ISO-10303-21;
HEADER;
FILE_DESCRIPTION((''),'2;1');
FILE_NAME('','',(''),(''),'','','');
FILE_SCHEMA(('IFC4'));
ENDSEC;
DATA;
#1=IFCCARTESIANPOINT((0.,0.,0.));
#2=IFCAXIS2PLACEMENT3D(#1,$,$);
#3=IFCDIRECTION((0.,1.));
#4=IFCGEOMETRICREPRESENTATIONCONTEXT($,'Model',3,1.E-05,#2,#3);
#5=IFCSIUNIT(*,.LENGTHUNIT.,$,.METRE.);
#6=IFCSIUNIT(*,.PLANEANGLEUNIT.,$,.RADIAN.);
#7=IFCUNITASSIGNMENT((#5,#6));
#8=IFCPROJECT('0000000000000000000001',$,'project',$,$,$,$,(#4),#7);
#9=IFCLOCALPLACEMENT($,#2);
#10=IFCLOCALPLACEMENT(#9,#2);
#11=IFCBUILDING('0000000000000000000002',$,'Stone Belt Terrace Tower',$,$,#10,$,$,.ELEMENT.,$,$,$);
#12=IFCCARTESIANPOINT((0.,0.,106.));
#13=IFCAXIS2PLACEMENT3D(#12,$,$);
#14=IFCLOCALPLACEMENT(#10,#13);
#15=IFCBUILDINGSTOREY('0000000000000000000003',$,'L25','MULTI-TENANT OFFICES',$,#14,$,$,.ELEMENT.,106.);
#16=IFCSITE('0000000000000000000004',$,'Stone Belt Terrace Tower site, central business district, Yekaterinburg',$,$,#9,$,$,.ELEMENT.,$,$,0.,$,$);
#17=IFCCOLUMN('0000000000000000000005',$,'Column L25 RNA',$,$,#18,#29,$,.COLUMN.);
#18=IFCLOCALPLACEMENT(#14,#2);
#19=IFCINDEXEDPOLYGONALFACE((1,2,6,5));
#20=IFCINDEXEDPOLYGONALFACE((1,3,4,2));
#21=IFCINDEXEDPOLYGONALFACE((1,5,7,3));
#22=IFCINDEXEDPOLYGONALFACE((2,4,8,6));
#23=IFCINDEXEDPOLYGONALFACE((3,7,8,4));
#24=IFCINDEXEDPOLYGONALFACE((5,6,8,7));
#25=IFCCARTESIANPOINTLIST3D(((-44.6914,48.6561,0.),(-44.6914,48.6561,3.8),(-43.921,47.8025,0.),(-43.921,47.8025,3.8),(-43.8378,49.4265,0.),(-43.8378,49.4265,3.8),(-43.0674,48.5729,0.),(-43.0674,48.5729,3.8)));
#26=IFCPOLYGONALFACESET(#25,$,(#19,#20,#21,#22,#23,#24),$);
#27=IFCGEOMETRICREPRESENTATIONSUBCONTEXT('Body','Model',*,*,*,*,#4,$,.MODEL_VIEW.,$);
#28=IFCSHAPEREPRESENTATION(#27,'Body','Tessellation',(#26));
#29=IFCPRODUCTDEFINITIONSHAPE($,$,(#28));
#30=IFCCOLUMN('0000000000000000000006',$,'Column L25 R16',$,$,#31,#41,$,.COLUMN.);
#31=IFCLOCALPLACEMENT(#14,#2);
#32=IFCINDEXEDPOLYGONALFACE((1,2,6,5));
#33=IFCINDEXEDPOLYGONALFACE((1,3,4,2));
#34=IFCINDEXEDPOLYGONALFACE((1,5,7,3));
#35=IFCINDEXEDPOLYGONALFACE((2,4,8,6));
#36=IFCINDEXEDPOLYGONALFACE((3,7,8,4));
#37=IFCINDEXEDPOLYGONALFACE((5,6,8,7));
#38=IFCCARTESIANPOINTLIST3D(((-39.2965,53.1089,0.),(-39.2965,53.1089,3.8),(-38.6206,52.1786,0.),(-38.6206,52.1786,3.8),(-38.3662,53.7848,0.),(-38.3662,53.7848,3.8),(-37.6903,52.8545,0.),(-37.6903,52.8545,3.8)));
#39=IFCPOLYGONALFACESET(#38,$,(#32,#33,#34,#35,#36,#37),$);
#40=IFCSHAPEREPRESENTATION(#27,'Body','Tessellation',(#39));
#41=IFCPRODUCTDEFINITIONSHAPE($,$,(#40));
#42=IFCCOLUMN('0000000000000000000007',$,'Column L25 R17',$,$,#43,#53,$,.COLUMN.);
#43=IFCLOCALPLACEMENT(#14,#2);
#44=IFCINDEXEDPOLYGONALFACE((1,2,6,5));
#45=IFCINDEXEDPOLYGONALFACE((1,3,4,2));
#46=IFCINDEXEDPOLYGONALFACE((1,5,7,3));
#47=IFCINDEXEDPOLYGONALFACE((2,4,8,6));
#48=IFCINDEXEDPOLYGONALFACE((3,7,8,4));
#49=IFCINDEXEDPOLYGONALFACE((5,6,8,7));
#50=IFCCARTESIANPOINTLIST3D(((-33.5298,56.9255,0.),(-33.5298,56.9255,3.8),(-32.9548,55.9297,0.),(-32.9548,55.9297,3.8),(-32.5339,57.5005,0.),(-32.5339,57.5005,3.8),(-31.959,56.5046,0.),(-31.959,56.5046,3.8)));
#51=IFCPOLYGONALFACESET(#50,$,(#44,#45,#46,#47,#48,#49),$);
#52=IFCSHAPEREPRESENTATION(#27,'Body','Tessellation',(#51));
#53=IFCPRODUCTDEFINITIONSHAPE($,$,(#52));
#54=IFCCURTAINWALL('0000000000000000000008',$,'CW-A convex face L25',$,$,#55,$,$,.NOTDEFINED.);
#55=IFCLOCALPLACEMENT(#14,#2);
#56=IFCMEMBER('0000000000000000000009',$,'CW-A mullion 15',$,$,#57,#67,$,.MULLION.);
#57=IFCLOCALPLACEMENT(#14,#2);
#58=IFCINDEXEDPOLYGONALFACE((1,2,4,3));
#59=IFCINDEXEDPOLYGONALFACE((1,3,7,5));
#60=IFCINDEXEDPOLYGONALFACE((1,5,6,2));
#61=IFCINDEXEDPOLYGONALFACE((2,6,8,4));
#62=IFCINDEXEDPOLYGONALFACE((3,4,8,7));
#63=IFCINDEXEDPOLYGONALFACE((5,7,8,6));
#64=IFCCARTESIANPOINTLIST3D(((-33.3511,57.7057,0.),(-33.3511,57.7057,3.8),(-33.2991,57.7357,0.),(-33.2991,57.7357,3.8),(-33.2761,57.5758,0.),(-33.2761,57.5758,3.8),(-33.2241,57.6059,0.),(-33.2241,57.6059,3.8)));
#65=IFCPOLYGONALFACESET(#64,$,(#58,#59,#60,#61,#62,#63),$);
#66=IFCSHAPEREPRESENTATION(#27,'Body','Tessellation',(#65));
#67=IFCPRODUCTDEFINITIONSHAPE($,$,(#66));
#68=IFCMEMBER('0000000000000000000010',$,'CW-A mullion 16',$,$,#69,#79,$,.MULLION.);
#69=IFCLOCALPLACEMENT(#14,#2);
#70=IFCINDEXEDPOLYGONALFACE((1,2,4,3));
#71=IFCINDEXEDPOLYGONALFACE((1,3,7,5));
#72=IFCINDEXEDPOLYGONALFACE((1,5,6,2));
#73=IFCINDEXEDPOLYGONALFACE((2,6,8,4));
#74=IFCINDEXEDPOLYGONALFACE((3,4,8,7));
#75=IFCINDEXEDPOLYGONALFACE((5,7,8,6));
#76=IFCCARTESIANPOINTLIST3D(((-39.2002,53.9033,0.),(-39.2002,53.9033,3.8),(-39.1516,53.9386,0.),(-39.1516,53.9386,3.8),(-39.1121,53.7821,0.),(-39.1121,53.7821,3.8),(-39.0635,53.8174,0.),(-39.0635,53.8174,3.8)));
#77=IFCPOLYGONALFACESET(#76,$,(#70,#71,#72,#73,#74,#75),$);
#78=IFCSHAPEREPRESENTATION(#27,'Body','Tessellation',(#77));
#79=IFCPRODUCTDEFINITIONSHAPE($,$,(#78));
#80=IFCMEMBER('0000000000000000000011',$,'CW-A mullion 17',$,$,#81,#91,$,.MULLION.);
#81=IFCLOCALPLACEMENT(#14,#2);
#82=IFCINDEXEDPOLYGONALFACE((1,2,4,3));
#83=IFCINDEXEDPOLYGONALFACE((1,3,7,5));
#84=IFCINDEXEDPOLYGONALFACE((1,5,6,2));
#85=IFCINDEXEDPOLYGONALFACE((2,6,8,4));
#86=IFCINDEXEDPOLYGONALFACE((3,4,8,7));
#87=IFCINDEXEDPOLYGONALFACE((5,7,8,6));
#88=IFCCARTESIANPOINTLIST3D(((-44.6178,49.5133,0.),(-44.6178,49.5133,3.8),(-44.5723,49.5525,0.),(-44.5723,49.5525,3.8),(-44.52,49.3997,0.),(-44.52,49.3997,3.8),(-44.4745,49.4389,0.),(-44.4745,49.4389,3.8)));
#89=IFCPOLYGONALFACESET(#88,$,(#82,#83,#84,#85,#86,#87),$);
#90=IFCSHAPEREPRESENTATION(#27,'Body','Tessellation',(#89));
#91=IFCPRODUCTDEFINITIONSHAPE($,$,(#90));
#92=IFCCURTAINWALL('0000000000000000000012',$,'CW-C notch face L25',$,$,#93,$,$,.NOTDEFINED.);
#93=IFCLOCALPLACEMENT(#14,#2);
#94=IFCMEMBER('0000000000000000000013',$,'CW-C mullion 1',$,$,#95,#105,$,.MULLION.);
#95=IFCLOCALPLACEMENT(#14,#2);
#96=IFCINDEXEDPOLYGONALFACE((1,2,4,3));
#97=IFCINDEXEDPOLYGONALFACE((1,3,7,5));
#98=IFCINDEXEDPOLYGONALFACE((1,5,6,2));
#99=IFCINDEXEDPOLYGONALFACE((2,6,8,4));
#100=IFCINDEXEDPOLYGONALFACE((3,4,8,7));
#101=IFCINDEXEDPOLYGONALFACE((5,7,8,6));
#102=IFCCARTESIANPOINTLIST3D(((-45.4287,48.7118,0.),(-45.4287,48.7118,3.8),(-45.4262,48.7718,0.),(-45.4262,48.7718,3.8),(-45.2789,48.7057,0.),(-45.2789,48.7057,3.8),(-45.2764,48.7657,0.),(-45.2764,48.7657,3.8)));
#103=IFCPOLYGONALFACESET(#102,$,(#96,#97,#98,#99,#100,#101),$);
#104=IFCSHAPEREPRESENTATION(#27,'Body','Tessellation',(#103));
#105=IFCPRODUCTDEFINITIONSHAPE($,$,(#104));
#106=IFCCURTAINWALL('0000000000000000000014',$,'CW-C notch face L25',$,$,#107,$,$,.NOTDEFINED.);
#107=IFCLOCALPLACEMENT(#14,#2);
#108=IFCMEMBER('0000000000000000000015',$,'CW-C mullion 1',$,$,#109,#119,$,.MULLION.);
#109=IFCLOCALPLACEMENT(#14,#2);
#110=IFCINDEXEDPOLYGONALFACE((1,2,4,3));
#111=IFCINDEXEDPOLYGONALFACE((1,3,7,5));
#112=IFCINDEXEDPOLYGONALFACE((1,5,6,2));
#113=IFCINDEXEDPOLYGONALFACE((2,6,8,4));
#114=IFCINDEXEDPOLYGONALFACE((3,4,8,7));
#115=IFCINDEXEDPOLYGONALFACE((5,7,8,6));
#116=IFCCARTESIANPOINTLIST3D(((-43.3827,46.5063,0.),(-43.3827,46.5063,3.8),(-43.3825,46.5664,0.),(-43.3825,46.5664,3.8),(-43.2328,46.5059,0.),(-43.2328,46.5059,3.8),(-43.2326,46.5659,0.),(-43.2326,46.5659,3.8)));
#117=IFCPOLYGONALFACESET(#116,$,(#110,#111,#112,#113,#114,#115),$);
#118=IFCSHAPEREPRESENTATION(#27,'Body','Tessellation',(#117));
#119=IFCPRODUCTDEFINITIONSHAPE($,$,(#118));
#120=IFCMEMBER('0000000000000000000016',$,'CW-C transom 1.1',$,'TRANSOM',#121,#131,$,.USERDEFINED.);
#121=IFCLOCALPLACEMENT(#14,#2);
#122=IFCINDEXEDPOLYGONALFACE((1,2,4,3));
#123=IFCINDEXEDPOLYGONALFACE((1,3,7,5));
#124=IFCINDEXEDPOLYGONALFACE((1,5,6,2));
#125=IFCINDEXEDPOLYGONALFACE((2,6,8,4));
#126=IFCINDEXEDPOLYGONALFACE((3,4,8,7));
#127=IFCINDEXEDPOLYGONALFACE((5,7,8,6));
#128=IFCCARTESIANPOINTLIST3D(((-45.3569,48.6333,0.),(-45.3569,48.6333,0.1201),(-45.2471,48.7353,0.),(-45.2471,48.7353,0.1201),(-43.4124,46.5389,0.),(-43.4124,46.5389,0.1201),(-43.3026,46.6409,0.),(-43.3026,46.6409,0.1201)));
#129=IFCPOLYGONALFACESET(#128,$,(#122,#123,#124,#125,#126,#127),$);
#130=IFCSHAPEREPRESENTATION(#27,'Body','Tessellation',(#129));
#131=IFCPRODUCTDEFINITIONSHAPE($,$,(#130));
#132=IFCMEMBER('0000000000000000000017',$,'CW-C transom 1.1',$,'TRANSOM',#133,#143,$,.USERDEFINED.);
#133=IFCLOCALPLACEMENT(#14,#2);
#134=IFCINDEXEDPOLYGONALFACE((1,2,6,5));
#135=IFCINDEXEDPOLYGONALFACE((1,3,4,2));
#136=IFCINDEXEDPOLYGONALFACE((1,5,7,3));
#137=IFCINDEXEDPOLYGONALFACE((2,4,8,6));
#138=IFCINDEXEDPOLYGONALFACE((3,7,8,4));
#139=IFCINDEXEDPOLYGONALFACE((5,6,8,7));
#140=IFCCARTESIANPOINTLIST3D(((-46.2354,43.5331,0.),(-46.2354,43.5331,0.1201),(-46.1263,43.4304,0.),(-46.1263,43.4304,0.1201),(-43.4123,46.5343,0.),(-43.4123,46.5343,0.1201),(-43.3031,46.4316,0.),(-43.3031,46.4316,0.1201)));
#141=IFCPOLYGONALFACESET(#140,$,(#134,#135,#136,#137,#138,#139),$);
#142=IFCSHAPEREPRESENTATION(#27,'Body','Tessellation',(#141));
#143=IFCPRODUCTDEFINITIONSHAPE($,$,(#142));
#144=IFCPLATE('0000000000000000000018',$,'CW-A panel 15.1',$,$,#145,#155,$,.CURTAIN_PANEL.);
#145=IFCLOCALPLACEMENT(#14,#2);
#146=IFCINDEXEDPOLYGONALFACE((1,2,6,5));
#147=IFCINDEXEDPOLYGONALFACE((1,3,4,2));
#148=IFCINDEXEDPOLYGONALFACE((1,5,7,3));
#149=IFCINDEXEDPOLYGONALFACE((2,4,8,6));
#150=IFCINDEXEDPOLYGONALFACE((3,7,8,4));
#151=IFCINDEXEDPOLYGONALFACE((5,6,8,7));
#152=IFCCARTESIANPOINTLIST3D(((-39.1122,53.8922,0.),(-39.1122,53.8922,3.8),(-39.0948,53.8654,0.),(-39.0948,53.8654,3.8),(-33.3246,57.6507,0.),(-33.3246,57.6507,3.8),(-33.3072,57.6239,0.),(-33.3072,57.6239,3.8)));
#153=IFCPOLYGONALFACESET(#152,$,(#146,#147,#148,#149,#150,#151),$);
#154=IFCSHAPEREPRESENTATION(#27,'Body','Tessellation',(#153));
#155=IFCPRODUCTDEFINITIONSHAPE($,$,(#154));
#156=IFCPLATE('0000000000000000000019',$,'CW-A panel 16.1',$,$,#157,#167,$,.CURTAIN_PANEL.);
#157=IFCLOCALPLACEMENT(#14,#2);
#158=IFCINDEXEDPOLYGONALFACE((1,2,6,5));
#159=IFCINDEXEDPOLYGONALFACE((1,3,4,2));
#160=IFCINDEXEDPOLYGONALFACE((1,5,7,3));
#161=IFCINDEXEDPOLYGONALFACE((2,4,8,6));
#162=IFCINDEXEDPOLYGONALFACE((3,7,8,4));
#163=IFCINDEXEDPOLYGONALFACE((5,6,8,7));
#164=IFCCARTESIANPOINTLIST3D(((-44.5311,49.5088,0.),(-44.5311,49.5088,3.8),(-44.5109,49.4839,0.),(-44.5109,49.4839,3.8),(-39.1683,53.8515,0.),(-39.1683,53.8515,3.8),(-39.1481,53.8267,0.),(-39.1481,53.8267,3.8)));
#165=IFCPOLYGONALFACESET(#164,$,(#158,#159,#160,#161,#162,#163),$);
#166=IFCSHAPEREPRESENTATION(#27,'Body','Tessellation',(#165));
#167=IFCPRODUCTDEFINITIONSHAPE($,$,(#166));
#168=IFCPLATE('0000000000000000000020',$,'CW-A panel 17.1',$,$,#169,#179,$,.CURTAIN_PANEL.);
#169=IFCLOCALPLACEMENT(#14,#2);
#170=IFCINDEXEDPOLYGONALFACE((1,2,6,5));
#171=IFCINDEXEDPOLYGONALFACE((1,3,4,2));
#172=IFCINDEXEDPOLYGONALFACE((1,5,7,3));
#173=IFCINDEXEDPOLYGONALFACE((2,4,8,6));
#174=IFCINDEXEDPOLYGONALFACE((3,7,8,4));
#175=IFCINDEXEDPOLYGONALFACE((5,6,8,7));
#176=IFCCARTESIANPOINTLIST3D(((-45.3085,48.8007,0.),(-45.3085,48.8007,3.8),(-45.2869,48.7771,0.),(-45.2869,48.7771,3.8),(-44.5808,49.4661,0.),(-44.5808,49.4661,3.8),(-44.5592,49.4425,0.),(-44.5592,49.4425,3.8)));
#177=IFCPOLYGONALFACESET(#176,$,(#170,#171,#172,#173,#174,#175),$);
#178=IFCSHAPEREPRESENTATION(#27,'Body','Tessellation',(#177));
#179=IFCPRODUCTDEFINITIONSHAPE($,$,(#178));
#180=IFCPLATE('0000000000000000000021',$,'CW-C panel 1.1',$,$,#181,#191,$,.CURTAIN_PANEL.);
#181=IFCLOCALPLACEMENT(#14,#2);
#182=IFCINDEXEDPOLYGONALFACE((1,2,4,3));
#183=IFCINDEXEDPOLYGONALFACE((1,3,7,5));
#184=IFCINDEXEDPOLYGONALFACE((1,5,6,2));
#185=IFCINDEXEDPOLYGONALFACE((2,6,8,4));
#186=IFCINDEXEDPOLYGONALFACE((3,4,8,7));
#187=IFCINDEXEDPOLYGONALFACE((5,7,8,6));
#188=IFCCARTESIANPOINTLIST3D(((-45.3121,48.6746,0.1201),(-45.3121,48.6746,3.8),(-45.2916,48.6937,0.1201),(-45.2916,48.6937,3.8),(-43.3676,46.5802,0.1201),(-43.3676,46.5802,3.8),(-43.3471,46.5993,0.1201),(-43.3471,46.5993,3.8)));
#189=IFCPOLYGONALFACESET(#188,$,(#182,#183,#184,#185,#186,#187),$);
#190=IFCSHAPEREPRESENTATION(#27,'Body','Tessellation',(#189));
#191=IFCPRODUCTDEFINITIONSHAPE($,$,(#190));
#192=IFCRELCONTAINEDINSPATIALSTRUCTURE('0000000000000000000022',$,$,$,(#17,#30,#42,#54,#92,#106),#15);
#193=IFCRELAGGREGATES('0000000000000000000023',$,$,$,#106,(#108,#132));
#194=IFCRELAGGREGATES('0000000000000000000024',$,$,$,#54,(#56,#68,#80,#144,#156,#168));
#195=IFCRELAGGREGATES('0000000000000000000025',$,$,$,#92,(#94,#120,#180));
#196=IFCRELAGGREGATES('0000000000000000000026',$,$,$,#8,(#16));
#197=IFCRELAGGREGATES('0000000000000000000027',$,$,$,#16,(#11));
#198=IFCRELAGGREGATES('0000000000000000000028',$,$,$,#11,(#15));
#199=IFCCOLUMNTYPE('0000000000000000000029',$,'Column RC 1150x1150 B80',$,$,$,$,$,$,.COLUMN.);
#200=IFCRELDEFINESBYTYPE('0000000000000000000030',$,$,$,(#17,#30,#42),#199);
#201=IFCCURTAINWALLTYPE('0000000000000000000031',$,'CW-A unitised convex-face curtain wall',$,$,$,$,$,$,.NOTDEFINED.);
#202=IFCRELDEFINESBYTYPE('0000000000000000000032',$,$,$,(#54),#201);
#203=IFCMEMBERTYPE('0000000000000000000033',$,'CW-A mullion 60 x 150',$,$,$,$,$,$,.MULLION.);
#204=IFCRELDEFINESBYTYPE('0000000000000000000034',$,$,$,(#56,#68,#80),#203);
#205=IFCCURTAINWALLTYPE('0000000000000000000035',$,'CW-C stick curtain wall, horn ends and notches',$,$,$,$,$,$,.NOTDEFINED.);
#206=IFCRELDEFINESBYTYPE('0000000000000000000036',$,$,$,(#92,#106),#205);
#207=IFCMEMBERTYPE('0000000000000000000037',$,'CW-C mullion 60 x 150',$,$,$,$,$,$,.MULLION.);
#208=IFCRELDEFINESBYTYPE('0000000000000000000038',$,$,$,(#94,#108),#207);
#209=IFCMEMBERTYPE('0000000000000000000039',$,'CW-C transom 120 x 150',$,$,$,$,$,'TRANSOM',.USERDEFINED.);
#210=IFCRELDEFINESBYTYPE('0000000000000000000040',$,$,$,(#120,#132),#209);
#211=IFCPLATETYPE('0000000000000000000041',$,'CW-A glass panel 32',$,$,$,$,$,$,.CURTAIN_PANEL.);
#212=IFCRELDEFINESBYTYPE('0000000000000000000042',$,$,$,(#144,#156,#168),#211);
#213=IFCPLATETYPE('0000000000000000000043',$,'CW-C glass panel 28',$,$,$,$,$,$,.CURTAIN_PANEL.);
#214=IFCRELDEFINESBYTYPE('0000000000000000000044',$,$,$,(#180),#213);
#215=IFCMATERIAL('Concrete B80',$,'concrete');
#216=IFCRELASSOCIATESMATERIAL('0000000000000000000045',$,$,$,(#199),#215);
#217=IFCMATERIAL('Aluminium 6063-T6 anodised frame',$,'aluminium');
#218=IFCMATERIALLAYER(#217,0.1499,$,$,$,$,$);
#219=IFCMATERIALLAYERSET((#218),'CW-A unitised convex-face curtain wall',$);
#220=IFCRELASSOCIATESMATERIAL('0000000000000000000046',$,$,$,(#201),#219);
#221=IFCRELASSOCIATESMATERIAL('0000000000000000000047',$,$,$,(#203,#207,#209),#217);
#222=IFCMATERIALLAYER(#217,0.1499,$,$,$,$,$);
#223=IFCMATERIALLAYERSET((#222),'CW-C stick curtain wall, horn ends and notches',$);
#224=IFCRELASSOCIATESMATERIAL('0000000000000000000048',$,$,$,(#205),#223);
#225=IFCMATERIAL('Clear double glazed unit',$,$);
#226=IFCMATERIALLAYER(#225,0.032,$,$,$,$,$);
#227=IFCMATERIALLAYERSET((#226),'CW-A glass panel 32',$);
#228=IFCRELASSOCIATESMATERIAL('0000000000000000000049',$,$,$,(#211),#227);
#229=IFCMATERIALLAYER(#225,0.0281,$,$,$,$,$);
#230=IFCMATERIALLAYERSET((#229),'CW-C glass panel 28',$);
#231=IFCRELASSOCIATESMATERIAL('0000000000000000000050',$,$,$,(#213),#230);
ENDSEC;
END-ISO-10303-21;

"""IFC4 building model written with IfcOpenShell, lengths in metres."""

from ifc_helpers import new_model, si_unit, direction, frame, origin, origin_2d, place, context, subcontext, project, spatial, rectangle, extrude, material, layer, layer_set, material_profile, profile_set, type_object, element, aggregate, save


model = new_model("IFC4")

# Units and contexts
model_context = context("Model", 3, precision=1e-05, world=origin(), true_north=direction((0.0, 1.0)))
body_context = subcontext(model_context, "Body", "Model", "MODEL_VIEW")
ifc_project = project(units=[si_unit("LENGTHUNIT", "METRE"), si_unit("PLANEANGLEUNIT", "RADIAN")], contexts=[model_context])

# Site, building, storey
site_placement = place(None, origin())
site = spatial("IfcSite", under=ifc_project, at=site_placement, Name="Stone Belt Terrace Tower site, central business district, Yekaterinburg", CompositionType="ELEMENT", RefElevation=0.0)
building_placement = place(site_placement, origin())
building = spatial("IfcBuilding", under=site, at=building_placement, Name="Stone Belt Terrace Tower", CompositionType="ELEMENT")
storey_placement = place(building_placement, frame((0.0, 0.0, 106.0)))
storey = spatial("IfcBuildingStorey", under=building, at=storey_placement, Name="L25", Description="MULTI-TENANT OFFICES", CompositionType="ELEMENT", Elevation=106.0)

# Columns
ifc_material_1 = material(Name="Concrete B80", Category="concrete")
ifc_material_profile_1 = material_profile(ifc_material_1, rectangle(XDim=1.1499, YDim=1.1499, at=origin_2d()), Name="RC 1150x1150")
ifc_profile_set_1 = profile_set([ifc_material_profile_1], Name="Concrete B80")
column_type = type_object("IfcColumnType", Name="Column RC 1150x1150 B80", PredefinedType="COLUMN", material=ifc_profile_set_1)
for number, where, z_axis, x_axis, name in (
    (1, (-43.8794, 48.6145, 0.0), (0.0, 0.0, 1.0), (0.742334, 0.67003, 0.0), "Column L25 RNA"),
    (2, (-38.4934, 52.9817, 0.0), (0.0, 0.0, 1.0), (0.809017, 0.587785, 0.0), "Column L25 R16"),
    (3, (-32.7444, 56.7151, 0.0), (0.0, 0.0, 1.0), (0.866025, 0.5, 0.0), "Column L25 R17"),
):
    element("IfcColumn", number, at=place(storey_placement, frame(where, z_axis=z_axis, x_axis=x_axis)), inside=storey, type_object=column_type, Name=name, PredefinedType="COLUMN", context=body_context, shape_type="SweptSolid", body=[
        extrude(rectangle(XDim=1.1499, YDim=1.1499, at=origin_2d()), origin(), (0.0, 0.0, 1.0), 3.8),
    ])

# Curtain wall, members
ifc_material_2 = material(Name="Aluminium 6063-T6 anodised frame", Category="aluminium")
ifc_layer_1 = layer(ifc_material_2, 0.1499)
ifc_layer_set_1 = layer_set([ifc_layer_1], Name="CW-A unitised convex-face curtain wall")
curtain_wall_type_1 = type_object("IfcCurtainWallType", Name="CW-A unitised convex-face curtain wall", PredefinedType="NOTDEFINED", material=ifc_layer_set_1)
curtain_wall_1_placement = place(storey_placement, origin())
curtain_wall_1 = element("IfcCurtainWall", 4, at=curtain_wall_1_placement, inside=storey, type_object=curtain_wall_type_1, Name="CW-A convex face L25", PredefinedType="NOTDEFINED")
ifc_material_profile_2 = material_profile(ifc_material_2, rectangle(XDim=0.1499, YDim=0.0601, at=origin_2d()), Name="Aluminium 6063-T6 60x150")
ifc_profile_set_2 = profile_set([ifc_material_profile_2], Name="Aluminium 6063-T6 anodised frame")
member_type_1 = type_object("IfcMemberType", Name="CW-A mullion 60 x 150", PredefinedType="MULLION", material=ifc_profile_set_2)
member_1_placement = place(storey_placement, frame((-33.2876, 57.6558, 0.0), z_axis=(0.0, 0.0, 1.0), x_axis=(0.5, -0.866025, 0.0)))
member_1 = element("IfcMember", 5, at=member_1_placement, type_object=member_type_1, Name="CW-A mullion 15", PredefinedType="MULLION", context=body_context, shape_type="SweptSolid", body=[
    extrude(rectangle(XDim=0.1499, YDim=0.0601, at=origin_2d()), origin(), (0.0, 0.0, 1.0), 3.8),
])
member_2_placement = place(storey_placement, frame((-39.1318, 53.8604, 0.0), z_axis=(0.0, 0.0, 1.0), x_axis=(0.587785, -0.809017, 0.0)))
member_2 = element("IfcMember", 6, at=member_2_placement, type_object=member_type_1, Name="CW-A mullion 16", PredefinedType="MULLION", context=body_context, shape_type="SweptSolid", body=[
    extrude(rectangle(XDim=0.1499, YDim=0.0601, at=origin_2d()), origin(), (0.0, 0.0, 1.0), 3.8),
])
member_3_placement = place(storey_placement, frame((-44.5461, 49.4761, 0.0), z_axis=(0.0, 0.0, 1.0), x_axis=(0.652344, -0.757923, 0.0)))
member_3 = element("IfcMember", 7, at=member_3_placement, type_object=member_type_1, Name="CW-A mullion 17", PredefinedType="MULLION", context=body_context, shape_type="SweptSolid", body=[
    extrude(rectangle(XDim=0.1499, YDim=0.0601, at=origin_2d()), origin(), (0.0, 0.0, 1.0), 3.8),
])

# Curtain walls, members
ifc_layer_2 = layer(ifc_material_2, 0.1499)
ifc_layer_set_2 = layer_set([ifc_layer_2], Name="CW-C stick curtain wall, horn ends and notches")
curtain_wall_type_2 = type_object("IfcCurtainWallType", Name="CW-C stick curtain wall, horn ends and notches", PredefinedType="NOTDEFINED", material=ifc_layer_set_2)
curtain_wall_2_placement = place(storey_placement, origin())
curtain_wall_2 = element("IfcCurtainWall", 8, at=curtain_wall_2_placement, inside=storey, type_object=curtain_wall_type_2, Name="CW-C notch face L25", PredefinedType="NOTDEFINED")
ifc_material_profile_3 = material_profile(ifc_material_2, rectangle(XDim=0.1499, YDim=0.0601, at=origin_2d()), Name="Aluminium 6063-T6 60x150")
ifc_profile_set_3 = profile_set([ifc_material_profile_3], Name="Aluminium 6063-T6 anodised frame")
member_type_2 = type_object("IfcMemberType", Name="CW-C mullion 60 x 150", PredefinedType="MULLION", material=ifc_profile_set_3)
member_4_placement = place(storey_placement, frame((-45.3525, 48.7388, 0.0), z_axis=(0.0, 0.0, 1.0), x_axis=(0.999163, -0.040904, 0.0)))
member_4 = element("IfcMember", 9, at=member_4_placement, type_object=member_type_2, Name="CW-C mullion 1", PredefinedType="MULLION", context=body_context, shape_type="SweptSolid", body=[
    extrude(rectangle(XDim=0.1499, YDim=0.0601, at=origin_2d()), origin(), (0.0, 0.0, 1.0), 3.8),
])
curtain_wall_3_placement = place(storey_placement, origin())
curtain_wall_3 = element("IfcCurtainWall", 10, at=curtain_wall_3_placement, inside=storey, type_object=curtain_wall_type_2, Name="CW-C notch face L25", PredefinedType="NOTDEFINED")
member_5_placement = place(storey_placement, frame((-43.3076, 46.5361, 0.0), z_axis=(0.0, 0.0, 1.0), x_axis=(0.999995, -0.003266, 0.0)))
member_5 = element("IfcMember", 11, at=member_5_placement, type_object=member_type_2, Name="CW-C mullion 1", PredefinedType="MULLION", context=body_context, shape_type="SweptSolid", body=[
    extrude(rectangle(XDim=0.1499, YDim=0.0601, at=origin_2d()), origin(), (0.0, 0.0, 1.0), 3.8),
])

# Members
ifc_material_profile_4 = material_profile(ifc_material_2, rectangle(XDim=0.1499, YDim=0.1201, at=origin_2d()), Name="Aluminium 6063-T6 150x120")
ifc_profile_set_4 = profile_set([ifc_material_profile_4], Name="Aluminium 6063-T6 anodised frame")
member_type_3 = type_object("IfcMemberType", Name="CW-C transom 120 x 150", ElementType="TRANSOM", PredefinedType="USERDEFINED", material=ifc_profile_set_4)
member_6_placement = place(storey_placement, frame((-45.302, 48.6843, 0.0601), z_axis=(0.680395, -0.732845, 0.0), x_axis=(0.732845, 0.680395, 0.0)))
member_6 = element("IfcMember", 12, at=member_6_placement, type_object=member_type_3, Name="CW-C transom 1.1", ObjectType="TRANSOM", PredefinedType="USERDEFINED", context=body_context, shape_type="SweptSolid", body=[
    extrude(rectangle(XDim=0.1499, YDim=0.1201, at=origin_2d()), origin(), (0.0, 0.0, 1.0), 2.8579),
])
member_7_placement = place(storey_placement, frame((-43.3577, 46.4829, 0.0601), z_axis=(-0.68518, -0.728374, 0.0), x_axis=(0.728374, -0.68518, 0.0)))
member_7 = element("IfcMember", 13, at=member_7_placement, type_object=member_type_3, Name="CW-C transom 1.1", ObjectType="TRANSOM", PredefinedType="USERDEFINED", context=body_context, shape_type="SweptSolid", body=[
    extrude(rectangle(XDim=0.1499, YDim=0.1201, at=origin_2d()), origin(), (0.0, 0.0, 1.0), 4.1204),
])
aggregate(curtain_wall_3, [member_5, member_7])

# Plates
ifc_material_3 = material(Name="Clear double glazed unit")
ifc_layer_3 = layer(ifc_material_3, 0.032)
ifc_layer_set_3 = layer_set([ifc_layer_3], Name="CW-A glass panel 32")
plate_type_1 = type_object("IfcPlateType", Name="CW-A glass panel 32", PredefinedType="CURTAIN_PANEL", material=ifc_layer_set_3)
plate_1_placement = place(storey_placement, frame((-36.2097, 55.7581, 0.0), z_axis=(0.0, 0.0, 1.0), x_axis=(-0.838671, -0.544639, 0.0)))
plate_1 = element("IfcPlate", 14, at=plate_1_placement, type_object=plate_type_1, Name="CW-A panel 15.1", PredefinedType="CURTAIN_PANEL", context=body_context, shape_type="SweptSolid", body=[
    extrude(rectangle(XDim=6.9009, YDim=0.032, at=origin_2d()), origin(), (0.0, 0.0, 1.0), 3.8),
])
plate_2_placement = place(storey_placement, frame((-41.8396, 51.6677, 0.0), z_axis=(0.0, 0.0, 1.0), x_axis=(-0.777146, -0.62932, 0.0)))
plate_2 = element("IfcPlate", 15, at=plate_2_placement, type_object=plate_type_1, Name="CW-A panel 16.1", PredefinedType="CURTAIN_PANEL", context=body_context, shape_type="SweptSolid", body=[
    extrude(rectangle(XDim=6.9006, YDim=0.032, at=origin_2d()), origin(), (0.0, 0.0, 1.0), 3.8),
])
plate_3_placement = place(storey_placement, frame((-44.9338, 49.1216, 0.0), z_axis=(0.0, 0.0, 1.0), x_axis=(-0.738018, -0.674781, 0.0)))
plate_3 = element("IfcPlate", 16, at=plate_3_placement, type_object=plate_type_1, Name="CW-A panel 17.1", PredefinedType="CURTAIN_PANEL", context=body_context, shape_type="SweptSolid", body=[
    extrude(rectangle(XDim=0.9861, YDim=0.032, at=origin_2d()), origin(), (0.0, 0.0, 1.0), 3.8),
])
aggregate(curtain_wall_1, [member_1, member_2, member_3, plate_1, plate_2, plate_3])
ifc_layer_4 = layer(ifc_material_3, 0.0281)
ifc_layer_set_4 = layer_set([ifc_layer_4], Name="CW-C glass panel 28")
plate_type_2 = type_object("IfcPlateType", Name="CW-C glass panel 28", PredefinedType="CURTAIN_PANEL", material=ifc_layer_set_4)
plate_4_placement = place(storey_placement, frame((-44.3296, 47.637, 0.1201), z_axis=(0.0, 0.0, 1.0), x_axis=(0.680392, -0.732848, 0.0)))
plate_4 = element("IfcPlate", 17, at=plate_4_placement, type_object=plate_type_2, Name="CW-C panel 1.1", PredefinedType="CURTAIN_PANEL", context=body_context, shape_type="SweptSolid", body=[
    extrude(rectangle(XDim=2.8579, YDim=0.0281, at=origin_2d()), origin(), (0.0, 0.0, 1.0), 3.6799),
])
aggregate(curtain_wall_2, [member_4, member_6, plate_4])

save(model, "model.ifc")
